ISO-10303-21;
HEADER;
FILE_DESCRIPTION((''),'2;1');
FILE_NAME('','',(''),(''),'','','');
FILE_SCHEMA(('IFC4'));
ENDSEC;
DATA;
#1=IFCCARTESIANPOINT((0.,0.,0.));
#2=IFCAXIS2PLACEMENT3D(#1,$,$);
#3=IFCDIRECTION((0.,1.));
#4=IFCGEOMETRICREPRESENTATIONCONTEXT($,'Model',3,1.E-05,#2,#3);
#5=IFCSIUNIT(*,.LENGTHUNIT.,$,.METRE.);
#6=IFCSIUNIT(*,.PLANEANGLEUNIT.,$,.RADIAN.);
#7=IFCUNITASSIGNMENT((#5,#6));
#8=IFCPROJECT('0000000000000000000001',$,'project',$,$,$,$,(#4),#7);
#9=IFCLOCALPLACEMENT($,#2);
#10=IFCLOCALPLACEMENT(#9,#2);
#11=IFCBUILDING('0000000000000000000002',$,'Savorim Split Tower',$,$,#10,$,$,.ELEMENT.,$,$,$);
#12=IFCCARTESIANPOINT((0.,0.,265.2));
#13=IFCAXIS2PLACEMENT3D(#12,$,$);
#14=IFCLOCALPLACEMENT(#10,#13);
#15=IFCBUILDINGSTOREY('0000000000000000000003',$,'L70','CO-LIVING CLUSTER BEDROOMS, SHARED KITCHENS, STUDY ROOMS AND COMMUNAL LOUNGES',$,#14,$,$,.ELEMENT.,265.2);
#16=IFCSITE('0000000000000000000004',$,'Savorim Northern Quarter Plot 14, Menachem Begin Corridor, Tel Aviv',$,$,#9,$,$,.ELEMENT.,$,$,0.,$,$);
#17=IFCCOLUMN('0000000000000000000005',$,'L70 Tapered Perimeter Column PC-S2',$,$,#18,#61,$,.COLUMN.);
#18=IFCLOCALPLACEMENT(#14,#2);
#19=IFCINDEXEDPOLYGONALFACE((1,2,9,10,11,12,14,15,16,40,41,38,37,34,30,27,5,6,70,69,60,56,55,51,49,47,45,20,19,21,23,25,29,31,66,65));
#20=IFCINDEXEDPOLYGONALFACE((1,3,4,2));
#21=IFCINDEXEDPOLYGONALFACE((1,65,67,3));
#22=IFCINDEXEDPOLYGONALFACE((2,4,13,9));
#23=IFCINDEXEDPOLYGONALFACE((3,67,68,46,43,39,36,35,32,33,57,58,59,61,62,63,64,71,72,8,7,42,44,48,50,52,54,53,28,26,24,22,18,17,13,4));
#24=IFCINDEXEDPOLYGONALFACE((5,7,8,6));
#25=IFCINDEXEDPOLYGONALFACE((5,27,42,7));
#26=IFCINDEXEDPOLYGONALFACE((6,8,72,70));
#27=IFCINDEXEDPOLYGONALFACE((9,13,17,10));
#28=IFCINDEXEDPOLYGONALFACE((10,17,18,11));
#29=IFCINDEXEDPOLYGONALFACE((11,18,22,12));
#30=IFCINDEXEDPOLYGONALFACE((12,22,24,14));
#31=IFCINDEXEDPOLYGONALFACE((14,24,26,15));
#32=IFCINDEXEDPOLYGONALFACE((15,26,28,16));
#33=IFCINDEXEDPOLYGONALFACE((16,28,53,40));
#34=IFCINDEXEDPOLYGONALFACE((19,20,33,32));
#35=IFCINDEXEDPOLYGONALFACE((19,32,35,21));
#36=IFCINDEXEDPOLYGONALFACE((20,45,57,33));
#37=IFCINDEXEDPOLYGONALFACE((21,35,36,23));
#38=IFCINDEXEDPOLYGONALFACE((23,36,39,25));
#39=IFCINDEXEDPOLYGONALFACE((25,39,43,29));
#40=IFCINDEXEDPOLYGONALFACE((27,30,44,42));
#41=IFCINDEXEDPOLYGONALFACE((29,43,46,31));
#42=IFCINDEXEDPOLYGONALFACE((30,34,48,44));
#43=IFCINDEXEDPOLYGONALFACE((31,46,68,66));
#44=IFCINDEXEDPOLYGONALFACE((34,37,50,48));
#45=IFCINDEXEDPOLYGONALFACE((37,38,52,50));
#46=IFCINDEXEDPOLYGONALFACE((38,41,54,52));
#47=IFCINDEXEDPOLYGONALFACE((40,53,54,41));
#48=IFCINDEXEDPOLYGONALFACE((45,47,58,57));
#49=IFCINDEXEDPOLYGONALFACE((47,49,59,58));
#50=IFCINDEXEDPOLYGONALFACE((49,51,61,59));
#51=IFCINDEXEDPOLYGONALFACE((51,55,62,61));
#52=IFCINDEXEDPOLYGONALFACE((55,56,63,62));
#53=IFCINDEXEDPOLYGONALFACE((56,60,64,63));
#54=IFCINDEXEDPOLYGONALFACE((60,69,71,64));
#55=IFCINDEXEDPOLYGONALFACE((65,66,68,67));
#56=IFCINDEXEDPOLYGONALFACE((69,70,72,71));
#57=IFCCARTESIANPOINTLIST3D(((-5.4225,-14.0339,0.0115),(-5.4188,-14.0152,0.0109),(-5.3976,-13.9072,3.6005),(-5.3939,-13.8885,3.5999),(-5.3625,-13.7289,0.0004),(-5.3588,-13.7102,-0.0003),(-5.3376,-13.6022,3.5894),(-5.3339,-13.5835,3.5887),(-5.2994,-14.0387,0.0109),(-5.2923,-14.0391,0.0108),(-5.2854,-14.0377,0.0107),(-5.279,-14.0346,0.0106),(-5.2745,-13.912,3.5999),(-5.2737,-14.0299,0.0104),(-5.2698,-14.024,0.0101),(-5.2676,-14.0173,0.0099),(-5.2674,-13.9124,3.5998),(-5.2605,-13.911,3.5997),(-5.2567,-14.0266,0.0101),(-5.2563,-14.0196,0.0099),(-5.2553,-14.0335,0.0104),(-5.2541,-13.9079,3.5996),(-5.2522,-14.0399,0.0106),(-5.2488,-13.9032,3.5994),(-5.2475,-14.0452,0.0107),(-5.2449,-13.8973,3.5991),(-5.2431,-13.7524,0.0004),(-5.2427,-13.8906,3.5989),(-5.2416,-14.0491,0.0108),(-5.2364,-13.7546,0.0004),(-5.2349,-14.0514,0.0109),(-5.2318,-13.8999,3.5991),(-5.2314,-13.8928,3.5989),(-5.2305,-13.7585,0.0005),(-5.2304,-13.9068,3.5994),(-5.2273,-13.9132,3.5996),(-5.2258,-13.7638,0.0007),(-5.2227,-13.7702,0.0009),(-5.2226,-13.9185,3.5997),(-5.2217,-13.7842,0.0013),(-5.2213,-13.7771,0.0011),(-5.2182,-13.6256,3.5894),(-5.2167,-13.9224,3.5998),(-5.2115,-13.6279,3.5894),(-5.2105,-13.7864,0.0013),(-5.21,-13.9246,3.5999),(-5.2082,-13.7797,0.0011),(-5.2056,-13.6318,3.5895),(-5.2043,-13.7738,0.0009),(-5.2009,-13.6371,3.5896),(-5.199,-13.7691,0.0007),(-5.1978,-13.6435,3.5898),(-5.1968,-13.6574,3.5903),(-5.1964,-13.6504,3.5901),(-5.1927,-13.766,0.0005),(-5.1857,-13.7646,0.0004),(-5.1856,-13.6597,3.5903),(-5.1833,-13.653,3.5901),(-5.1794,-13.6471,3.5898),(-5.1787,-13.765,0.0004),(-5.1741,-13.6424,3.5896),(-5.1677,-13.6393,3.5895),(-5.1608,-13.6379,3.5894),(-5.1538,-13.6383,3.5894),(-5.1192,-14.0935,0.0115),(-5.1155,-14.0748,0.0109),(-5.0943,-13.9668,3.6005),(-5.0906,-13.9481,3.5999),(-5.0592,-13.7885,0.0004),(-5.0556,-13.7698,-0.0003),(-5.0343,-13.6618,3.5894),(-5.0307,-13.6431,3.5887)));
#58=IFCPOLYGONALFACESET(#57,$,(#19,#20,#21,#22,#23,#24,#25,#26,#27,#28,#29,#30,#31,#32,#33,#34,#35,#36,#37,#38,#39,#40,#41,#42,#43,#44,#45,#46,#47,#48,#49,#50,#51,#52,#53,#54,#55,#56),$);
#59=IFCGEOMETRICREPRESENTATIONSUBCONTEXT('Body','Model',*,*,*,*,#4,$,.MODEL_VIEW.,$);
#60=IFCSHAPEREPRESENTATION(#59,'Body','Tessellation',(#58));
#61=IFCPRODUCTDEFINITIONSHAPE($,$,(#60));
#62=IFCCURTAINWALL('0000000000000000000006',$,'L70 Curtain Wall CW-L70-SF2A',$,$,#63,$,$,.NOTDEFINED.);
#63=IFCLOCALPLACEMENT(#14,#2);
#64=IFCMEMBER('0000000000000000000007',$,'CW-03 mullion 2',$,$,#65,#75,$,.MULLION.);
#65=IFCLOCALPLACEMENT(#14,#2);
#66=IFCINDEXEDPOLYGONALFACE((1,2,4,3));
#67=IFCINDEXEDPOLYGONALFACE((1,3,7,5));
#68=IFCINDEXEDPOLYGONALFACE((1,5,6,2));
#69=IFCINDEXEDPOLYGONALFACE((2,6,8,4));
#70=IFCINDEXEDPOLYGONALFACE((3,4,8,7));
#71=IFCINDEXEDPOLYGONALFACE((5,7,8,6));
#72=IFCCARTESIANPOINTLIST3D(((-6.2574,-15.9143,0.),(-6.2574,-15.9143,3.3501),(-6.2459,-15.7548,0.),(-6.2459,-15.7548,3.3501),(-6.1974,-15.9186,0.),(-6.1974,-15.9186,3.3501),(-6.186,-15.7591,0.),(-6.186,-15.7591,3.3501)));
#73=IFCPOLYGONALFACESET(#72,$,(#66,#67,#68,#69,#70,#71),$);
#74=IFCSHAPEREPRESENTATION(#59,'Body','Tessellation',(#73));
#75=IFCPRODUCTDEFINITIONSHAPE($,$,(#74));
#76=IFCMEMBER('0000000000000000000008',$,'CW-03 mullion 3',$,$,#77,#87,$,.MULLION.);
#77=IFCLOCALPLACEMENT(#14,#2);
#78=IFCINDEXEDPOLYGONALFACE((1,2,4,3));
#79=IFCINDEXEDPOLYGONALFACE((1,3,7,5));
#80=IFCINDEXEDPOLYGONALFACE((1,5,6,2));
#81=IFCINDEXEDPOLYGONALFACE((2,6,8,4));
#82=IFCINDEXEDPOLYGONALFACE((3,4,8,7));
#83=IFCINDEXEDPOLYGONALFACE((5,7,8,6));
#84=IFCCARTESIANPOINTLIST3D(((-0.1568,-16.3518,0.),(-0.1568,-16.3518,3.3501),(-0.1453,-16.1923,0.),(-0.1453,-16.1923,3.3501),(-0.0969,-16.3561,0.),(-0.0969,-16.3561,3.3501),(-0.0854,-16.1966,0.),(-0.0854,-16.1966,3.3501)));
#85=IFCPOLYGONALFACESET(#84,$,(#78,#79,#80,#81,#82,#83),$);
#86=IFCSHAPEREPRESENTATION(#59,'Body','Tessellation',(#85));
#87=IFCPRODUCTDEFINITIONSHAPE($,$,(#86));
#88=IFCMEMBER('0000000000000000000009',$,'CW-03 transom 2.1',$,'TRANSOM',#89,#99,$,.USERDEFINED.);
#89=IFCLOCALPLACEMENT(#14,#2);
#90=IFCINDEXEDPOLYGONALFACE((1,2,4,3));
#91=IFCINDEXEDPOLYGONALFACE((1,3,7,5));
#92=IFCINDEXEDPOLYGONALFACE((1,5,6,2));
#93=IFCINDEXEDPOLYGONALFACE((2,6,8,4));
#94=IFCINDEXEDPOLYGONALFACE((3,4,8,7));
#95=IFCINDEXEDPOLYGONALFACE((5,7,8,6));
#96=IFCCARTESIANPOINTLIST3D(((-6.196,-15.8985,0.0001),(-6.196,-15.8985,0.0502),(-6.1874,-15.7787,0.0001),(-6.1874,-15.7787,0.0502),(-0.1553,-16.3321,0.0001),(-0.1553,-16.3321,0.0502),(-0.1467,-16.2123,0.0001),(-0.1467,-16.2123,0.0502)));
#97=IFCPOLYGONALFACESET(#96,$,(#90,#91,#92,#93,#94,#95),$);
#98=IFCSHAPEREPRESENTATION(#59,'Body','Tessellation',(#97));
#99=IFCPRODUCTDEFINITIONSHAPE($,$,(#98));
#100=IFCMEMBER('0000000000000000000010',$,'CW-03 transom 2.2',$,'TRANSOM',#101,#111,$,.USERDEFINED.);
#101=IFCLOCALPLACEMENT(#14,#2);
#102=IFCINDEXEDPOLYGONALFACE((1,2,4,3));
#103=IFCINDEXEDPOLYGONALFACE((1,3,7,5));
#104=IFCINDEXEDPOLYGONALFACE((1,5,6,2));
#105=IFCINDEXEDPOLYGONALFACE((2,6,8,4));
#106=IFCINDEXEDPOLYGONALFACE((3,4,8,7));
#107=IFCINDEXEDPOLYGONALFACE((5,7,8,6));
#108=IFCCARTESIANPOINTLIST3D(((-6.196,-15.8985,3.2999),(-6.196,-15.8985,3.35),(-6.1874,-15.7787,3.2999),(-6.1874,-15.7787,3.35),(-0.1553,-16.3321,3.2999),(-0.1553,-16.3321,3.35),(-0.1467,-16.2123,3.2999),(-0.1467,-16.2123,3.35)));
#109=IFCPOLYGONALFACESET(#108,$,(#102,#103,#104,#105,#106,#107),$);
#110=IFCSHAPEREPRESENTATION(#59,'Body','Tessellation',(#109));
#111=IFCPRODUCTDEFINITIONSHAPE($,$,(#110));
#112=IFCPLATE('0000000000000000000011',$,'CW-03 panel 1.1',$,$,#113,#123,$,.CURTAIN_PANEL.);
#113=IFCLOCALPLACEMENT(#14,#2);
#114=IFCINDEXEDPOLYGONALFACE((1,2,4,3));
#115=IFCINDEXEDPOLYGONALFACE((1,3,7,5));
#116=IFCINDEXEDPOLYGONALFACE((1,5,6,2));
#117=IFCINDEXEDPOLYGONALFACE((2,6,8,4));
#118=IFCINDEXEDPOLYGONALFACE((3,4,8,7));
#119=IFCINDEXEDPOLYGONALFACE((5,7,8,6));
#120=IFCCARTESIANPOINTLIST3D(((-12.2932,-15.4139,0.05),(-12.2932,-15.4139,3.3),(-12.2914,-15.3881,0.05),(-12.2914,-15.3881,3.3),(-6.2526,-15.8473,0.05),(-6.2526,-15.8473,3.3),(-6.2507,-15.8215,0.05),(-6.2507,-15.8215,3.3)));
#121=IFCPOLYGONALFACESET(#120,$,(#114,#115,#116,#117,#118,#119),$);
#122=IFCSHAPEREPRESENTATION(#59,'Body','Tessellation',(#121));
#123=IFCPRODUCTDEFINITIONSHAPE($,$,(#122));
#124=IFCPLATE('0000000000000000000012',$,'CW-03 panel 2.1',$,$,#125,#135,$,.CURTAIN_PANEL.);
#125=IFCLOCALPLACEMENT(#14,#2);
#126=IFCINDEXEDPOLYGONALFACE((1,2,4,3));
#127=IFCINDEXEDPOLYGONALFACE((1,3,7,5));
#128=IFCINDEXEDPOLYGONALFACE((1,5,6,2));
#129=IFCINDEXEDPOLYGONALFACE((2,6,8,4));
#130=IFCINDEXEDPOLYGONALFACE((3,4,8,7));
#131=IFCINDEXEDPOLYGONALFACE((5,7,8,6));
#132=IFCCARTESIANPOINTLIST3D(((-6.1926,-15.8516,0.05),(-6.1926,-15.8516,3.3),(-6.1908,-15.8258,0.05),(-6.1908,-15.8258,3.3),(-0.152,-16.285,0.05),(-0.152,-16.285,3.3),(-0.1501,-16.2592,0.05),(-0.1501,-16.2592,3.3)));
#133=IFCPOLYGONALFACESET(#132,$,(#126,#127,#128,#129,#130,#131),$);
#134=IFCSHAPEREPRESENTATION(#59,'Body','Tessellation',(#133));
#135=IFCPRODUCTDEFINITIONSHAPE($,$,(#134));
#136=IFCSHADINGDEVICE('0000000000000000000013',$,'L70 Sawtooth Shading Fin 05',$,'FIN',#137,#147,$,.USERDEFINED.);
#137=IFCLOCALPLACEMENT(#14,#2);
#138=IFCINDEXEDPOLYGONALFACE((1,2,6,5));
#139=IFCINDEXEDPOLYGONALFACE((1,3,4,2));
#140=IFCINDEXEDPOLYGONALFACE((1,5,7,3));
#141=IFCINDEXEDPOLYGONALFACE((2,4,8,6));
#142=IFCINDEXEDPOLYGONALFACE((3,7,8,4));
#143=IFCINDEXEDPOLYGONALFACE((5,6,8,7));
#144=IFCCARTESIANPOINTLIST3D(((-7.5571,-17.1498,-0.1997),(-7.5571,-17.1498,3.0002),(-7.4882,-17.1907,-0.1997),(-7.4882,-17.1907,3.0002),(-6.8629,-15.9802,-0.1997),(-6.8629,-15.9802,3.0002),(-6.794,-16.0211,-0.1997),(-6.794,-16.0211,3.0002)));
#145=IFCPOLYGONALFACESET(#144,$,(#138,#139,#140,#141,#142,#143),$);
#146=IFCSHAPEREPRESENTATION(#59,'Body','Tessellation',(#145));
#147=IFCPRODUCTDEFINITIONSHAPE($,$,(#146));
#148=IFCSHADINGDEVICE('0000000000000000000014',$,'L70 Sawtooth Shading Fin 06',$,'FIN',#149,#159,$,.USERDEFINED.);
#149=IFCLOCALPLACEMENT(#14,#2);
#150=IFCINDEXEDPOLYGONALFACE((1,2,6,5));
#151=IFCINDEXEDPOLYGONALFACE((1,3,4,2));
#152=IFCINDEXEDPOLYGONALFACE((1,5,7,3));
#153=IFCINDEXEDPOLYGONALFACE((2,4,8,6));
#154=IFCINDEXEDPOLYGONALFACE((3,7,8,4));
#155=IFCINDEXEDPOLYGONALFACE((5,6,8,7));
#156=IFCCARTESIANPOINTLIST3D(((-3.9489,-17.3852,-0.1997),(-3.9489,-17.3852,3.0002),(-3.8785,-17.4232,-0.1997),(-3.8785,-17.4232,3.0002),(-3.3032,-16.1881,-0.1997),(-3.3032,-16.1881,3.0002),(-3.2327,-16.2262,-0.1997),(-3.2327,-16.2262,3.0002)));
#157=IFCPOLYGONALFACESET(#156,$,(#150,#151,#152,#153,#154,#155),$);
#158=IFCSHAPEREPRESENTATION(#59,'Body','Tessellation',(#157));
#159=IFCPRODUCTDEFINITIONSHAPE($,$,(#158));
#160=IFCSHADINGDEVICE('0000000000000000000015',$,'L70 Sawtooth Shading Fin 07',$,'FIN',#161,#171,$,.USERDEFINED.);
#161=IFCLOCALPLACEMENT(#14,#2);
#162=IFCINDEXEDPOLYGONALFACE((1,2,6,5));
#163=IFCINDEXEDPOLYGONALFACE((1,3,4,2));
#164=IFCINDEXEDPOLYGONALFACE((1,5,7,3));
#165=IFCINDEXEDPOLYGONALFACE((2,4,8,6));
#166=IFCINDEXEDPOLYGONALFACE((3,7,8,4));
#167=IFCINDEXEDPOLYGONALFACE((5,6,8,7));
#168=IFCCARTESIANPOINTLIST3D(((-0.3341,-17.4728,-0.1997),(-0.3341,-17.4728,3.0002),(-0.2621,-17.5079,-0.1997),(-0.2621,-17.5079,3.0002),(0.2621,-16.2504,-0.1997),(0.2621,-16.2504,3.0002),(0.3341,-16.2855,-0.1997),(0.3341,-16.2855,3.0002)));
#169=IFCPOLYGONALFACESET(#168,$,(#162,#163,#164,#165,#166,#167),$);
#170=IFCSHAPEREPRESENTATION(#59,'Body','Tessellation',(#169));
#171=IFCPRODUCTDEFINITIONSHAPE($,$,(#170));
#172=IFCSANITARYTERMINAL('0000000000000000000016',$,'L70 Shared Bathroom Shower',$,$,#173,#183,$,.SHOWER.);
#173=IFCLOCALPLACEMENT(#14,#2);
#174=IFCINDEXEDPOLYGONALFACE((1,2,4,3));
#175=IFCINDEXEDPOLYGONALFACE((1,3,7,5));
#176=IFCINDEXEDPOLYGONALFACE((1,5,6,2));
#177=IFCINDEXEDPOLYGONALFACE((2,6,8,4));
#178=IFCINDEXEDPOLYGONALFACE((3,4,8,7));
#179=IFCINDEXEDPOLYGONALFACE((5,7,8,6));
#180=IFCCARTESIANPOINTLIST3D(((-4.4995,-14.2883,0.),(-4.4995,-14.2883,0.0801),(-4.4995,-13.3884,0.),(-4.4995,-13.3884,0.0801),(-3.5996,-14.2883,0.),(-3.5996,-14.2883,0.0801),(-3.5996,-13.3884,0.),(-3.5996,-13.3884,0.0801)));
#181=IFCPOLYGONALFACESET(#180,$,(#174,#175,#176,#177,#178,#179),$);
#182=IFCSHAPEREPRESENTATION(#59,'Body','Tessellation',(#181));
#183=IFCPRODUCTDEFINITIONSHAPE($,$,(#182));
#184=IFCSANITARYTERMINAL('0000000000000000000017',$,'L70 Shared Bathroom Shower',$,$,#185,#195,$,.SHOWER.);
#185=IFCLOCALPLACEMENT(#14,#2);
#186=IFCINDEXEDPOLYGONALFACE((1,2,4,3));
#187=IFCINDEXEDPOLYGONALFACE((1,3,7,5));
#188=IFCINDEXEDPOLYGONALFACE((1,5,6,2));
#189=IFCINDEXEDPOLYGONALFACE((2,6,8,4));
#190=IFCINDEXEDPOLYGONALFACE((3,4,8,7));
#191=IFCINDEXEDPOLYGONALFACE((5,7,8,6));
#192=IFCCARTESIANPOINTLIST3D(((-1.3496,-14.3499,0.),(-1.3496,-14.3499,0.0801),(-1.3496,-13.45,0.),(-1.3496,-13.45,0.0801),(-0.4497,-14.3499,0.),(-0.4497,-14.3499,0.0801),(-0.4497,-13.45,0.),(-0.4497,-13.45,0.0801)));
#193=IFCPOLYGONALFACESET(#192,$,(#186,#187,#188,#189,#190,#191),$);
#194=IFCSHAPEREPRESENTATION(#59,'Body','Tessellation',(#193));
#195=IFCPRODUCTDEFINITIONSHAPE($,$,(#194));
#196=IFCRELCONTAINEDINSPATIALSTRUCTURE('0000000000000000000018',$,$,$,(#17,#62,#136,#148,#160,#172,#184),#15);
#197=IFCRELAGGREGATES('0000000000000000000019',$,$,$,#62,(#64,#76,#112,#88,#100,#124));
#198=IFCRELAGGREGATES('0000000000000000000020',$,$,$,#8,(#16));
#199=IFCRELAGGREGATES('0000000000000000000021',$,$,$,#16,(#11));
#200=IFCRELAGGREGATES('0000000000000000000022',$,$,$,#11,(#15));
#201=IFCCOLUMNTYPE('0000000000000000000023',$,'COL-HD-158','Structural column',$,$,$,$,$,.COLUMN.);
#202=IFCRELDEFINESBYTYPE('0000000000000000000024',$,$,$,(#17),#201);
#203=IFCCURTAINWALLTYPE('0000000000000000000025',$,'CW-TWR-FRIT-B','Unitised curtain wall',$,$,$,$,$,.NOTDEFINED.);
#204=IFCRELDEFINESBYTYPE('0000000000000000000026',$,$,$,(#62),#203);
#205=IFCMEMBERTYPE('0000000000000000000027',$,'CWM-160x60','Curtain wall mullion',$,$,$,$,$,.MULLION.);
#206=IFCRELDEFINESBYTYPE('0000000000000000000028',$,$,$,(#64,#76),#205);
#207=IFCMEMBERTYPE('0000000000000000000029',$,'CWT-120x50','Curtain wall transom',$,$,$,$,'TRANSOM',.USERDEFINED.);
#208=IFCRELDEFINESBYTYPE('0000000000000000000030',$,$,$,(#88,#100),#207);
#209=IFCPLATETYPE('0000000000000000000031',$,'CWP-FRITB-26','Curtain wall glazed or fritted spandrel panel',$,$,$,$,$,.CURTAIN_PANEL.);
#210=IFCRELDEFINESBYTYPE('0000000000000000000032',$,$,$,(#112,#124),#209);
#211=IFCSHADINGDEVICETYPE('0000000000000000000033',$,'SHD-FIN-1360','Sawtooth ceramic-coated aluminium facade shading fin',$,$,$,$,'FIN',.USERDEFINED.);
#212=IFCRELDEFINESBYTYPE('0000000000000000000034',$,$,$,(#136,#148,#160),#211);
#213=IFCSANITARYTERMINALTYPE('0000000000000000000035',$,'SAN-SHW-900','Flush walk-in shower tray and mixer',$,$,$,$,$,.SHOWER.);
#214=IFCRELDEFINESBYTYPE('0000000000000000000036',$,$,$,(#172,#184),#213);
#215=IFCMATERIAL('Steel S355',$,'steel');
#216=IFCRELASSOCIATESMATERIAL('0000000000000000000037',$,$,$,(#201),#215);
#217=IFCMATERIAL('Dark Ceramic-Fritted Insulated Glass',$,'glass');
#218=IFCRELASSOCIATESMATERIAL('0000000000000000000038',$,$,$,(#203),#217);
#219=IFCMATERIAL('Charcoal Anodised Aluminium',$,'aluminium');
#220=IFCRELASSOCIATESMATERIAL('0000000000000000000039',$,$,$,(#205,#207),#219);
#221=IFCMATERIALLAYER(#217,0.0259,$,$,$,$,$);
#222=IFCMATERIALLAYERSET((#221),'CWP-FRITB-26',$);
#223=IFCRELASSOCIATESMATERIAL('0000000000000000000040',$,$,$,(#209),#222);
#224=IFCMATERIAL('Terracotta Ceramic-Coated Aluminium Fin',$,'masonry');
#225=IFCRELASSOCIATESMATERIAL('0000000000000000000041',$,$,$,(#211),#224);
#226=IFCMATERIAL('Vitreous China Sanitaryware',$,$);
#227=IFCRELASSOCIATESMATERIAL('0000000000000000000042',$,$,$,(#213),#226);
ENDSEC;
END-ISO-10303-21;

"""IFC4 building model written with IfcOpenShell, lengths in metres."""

from ifc_helpers import new_model, si_unit, direction, frame, origin, origin_2d, place, context, subcontext, project, spatial, rectangle, i_section, extrude, material, layer, layer_set, material_profile, profile_set, type_object, element, aggregate, save


model = new_model("IFC4")

# Units and contexts
model_context = context("Model", 3, precision=1e-05, world=origin(), true_north=direction((0.0, 1.0)))
body_context = subcontext(model_context, "Body", "Model", "MODEL_VIEW")
ifc_project = project(units=[si_unit("LENGTHUNIT", "METRE"), si_unit("PLANEANGLEUNIT", "RADIAN")], contexts=[model_context])

# Site, building, storey
site_placement = place(None, origin())
site = spatial("IfcSite", under=ifc_project, at=site_placement, Name="Savorim Northern Quarter Plot 14, Menachem Begin Corridor, Tel Aviv", CompositionType="ELEMENT", RefElevation=0.0)
building_placement = place(site_placement, origin())
building = spatial("IfcBuilding", under=site, at=building_placement, Name="Savorim Split Tower", CompositionType="ELEMENT")
storey_placement = place(building_placement, frame((0.0, 0.0, 265.2)))
storey = spatial("IfcBuildingStorey", under=building, at=storey_placement, Name="L70", Description="CO-LIVING CLUSTER BEDROOMS, SHARED KITCHENS, STUDY ROOMS AND COMMUNAL LOUNGES", CompositionType="ELEMENT", Elevation=265.2)

# Column
ifc_material_1 = material(Name="Steel S355", Category="steel")
ifc_material_profile_1 = material_profile(ifc_material_1, i_section(OverallWidth=0.3091, OverallDepth=0.3301, WebThickness=0.0115, FlangeThickness=0.019, FilletRadius=0.0271, at=origin_2d()), Name="HD 320x158")
ifc_profile_set_1 = profile_set([ifc_material_profile_1], Name="Steel S355")
column_type = type_object("IfcColumnType", Name="COL-HD-158", Description="Structural column", PredefinedType="COLUMN", material=ifc_profile_set_1)
column_placement = place(storey_placement, frame((-5.239, -13.9019, 0.0056), z_axis=(0.006934, 0.035283, 0.999353), x_axis=(-0.98123, 0.192843, 0.0)))
element("IfcColumn", 1, at=column_placement, inside=storey, type_object=column_type, Name="L70 Tapered Perimeter Column PC-S2", PredefinedType="COLUMN", context=body_context, shape_type="SweptSolid", body=[
    extrude(i_section(OverallWidth=0.3091, OverallDepth=0.3301, WebThickness=0.0115, FlangeThickness=0.019, FilletRadius=0.0271, at=origin_2d()), origin(), (0.0, 0.0, 1.0), 3.5913),
])

# Curtain wall, members, plates
ifc_material_2 = material(Name="Dark Ceramic-Fritted Insulated Glass", Category="glass")
curtain_wall_type = type_object("IfcCurtainWallType", Name="CW-TWR-FRIT-B", Description="Unitised curtain wall", PredefinedType="NOTDEFINED", material=ifc_material_2)
curtain_wall_placement = place(storey_placement, origin())
curtain_wall = element("IfcCurtainWall", 2, at=curtain_wall_placement, inside=storey, type_object=curtain_wall_type, Name="L70 Curtain Wall CW-L70-SF2A", PredefinedType="NOTDEFINED")
ifc_material_3 = material(Name="Charcoal Anodised Aluminium", Category="aluminium")
ifc_material_profile_2 = material_profile(ifc_material_3, rectangle(XDim=0.1599, YDim=0.0601, at=origin_2d()), Name="ALU-M 160x60")
ifc_profile_set_2 = profile_set([ifc_material_profile_2], Name="Charcoal Anodised Aluminium")
member_type_1 = type_object("IfcMemberType", Name="CWM-160x60", Description="Curtain wall mullion", PredefinedType="MULLION", material=ifc_profile_set_2)
member_1_placement = place(storey_placement, frame((-6.2217, -15.8367, 0.0), z_axis=(0.0, 0.0, 1.0), x_axis=(0.071564, 0.997436, 0.0)))
member_1 = element("IfcMember", 3, at=member_1_placement, type_object=member_type_1, Name="CW-03 mullion 2", PredefinedType="MULLION", context=body_context, shape_type="SweptSolid", body=[
    extrude(rectangle(XDim=0.1599, YDim=0.0601, at=origin_2d()), origin(), (0.0, 0.0, 1.0), 3.3501),
])
member_2_placement = place(storey_placement, frame((-0.1211, -16.2742, 0.0), z_axis=(0.0, 0.0, 1.0), x_axis=(0.071564, 0.997436, 0.0)))
member_2 = element("IfcMember", 4, at=member_2_placement, type_object=member_type_1, Name="CW-03 mullion 3", PredefinedType="MULLION", context=body_context, shape_type="SweptSolid", body=[
    extrude(rectangle(XDim=0.1599, YDim=0.0601, at=origin_2d()), origin(), (0.0, 0.0, 1.0), 3.3501),
])
ifc_material_profile_3 = material_profile(ifc_material_3, rectangle(XDim=0.1201, YDim=0.05, at=origin_2d()), Name="ALU-T 120x50")
ifc_profile_set_3 = profile_set([ifc_material_profile_3], Name="Charcoal Anodised Aluminium")
member_type_2 = type_object("IfcMemberType", Name="CWT-120x50", Description="Curtain wall transom", ElementType="TRANSOM", PredefinedType="USERDEFINED", material=ifc_profile_set_3)
member_3_placement = place(storey_placement, frame((-6.1917, -15.8386, 0.0251), z_axis=(0.997434, -0.071597, 0.0), x_axis=(0.071597, 0.997434, 0.0)))
member_3 = element("IfcMember", 5, at=member_3_placement, type_object=member_type_2, Name="CW-03 transom 2.1", ObjectType="TRANSOM", PredefinedType="USERDEFINED", context=body_context, shape_type="SweptSolid", body=[
    extrude(rectangle(XDim=0.1201, YDim=0.05, at=origin_2d()), origin(), (0.0, 0.0, 1.0), 6.0562),
])
member_4_placement = place(storey_placement, frame((-6.1917, -15.8386, 3.325), z_axis=(0.997434, -0.071597, 0.0), x_axis=(0.071597, 0.997434, 0.0)))
member_4 = element("IfcMember", 6, at=member_4_placement, type_object=member_type_2, Name="CW-03 transom 2.2", ObjectType="TRANSOM", PredefinedType="USERDEFINED", context=body_context, shape_type="SweptSolid", body=[
    extrude(rectangle(XDim=0.1201, YDim=0.05, at=origin_2d()), origin(), (0.0, 0.0, 1.0), 6.0562),
])
ifc_layer = layer(ifc_material_2, 0.0259)
ifc_layer_set = layer_set([ifc_layer], Name="CWP-FRITB-26")
plate_type = type_object("IfcPlateType", Name="CWP-FRITB-26", Description="Curtain wall glazed or fritted spandrel panel", PredefinedType="CURTAIN_PANEL", material=ifc_layer_set)
plate_1_placement = place(storey_placement, frame((-9.272, -15.6177, 0.05), z_axis=(0.0, 0.0, 1.0), x_axis=(0.997436, -0.071564, 0.0)))
plate_1 = element("IfcPlate", 7, at=plate_1_placement, type_object=plate_type, Name="CW-03 panel 1.1", PredefinedType="CURTAIN_PANEL", context=body_context, shape_type="SweptSolid", body=[
    extrude(rectangle(XDim=6.0562, YDim=0.0259, at=origin_2d()), origin(), (0.0, 0.0, 1.0), 3.25),
])
plate_2_placement = place(storey_placement, frame((-3.1714, -16.0554, 0.05), z_axis=(0.0, 0.0, 1.0), x_axis=(0.997436, -0.071564, 0.0)))
plate_2 = element("IfcPlate", 8, at=plate_2_placement, type_object=plate_type, Name="CW-03 panel 2.1", PredefinedType="CURTAIN_PANEL", context=body_context, shape_type="SweptSolid", body=[
    extrude(rectangle(XDim=6.0562, YDim=0.0259, at=origin_2d()), origin(), (0.0, 0.0, 1.0), 3.25),
])
aggregate(curtain_wall, [member_1, member_2, plate_1, member_3, member_4, plate_2])

# Shading devices
ifc_material_4 = material(Name="Terracotta Ceramic-Coated Aluminium Fin", Category="masonry")
shading_device_type = type_object("IfcShadingDeviceType", Name="SHD-FIN-1360", Description="Sawtooth ceramic-coated aluminium facade shading fin", ElementType="FIN", PredefinedType="USERDEFINED", material=ifc_material_4)
for number, where, z_axis, x_axis, name in (
    (9, (-7.1755, -16.5854, -0.1997), (0.0, 0.0, 1.0), (-0.510391, -0.859942, 0.0), "L70 Sawtooth Shading Fin 05"),
    (10, (-3.5908, -16.8057, -0.1997), (0.0, 0.0, 1.0), (-0.474778, -0.880106, 0.0), "L70 Sawtooth Shading Fin 06"),
    (11, (0.0, -16.8792, -0.1997), (0.0, 0.0, 1.0), (-0.438371, -0.898794, 0.0), "L70 Sawtooth Shading Fin 07"),
):
    element("IfcShadingDevice", number, at=place(storey_placement, frame(where, z_axis=z_axis, x_axis=x_axis)), inside=storey, type_object=shading_device_type, Name=name, ObjectType="FIN", PredefinedType="USERDEFINED", context=body_context, shape_type="SweptSolid", body=[
        extrude(rectangle(XDim=1.3601, YDim=0.0801, at=origin_2d()), origin(), (0.0, 0.0, 1.0), 3.2),
    ])

# Sanitary terminals
ifc_material_5 = material(Name="Vitreous China Sanitaryware")
sanitary_terminal_type_1 = type_object("IfcSanitaryTerminalType", Name="SAN-SHW-900", Description="Flush walk-in shower tray and mixer", PredefinedType="SHOWER", material=ifc_material_5)
for number, where, z_axis, x_axis, name in (
    (12, (-4.0496, -13.8384, 0.0), (0.0, 0.0, 1.0), (1.0, 0.0, 0.0), "L70 Shared Bathroom Shower"),
    (13, (-0.8997, -13.8999, 0.0), (0.0, 0.0, 1.0), (1.0, 0.0, 0.0), "L70 Shared Bathroom Shower"),
):
    element("IfcSanitaryTerminal", number, at=place(storey_placement, frame(where, z_axis=z_axis, x_axis=x_axis)), inside=storey, type_object=sanitary_terminal_type_1, Name=name, PredefinedType="SHOWER", context=body_context, shape_type="SweptSolid", body=[
        extrude(rectangle(XDim=0.8999, YDim=0.8999, at=origin_2d()), origin(), (0.0, 0.0, 1.0), 0.0801),
    ])

save(model, "model.ifc")
